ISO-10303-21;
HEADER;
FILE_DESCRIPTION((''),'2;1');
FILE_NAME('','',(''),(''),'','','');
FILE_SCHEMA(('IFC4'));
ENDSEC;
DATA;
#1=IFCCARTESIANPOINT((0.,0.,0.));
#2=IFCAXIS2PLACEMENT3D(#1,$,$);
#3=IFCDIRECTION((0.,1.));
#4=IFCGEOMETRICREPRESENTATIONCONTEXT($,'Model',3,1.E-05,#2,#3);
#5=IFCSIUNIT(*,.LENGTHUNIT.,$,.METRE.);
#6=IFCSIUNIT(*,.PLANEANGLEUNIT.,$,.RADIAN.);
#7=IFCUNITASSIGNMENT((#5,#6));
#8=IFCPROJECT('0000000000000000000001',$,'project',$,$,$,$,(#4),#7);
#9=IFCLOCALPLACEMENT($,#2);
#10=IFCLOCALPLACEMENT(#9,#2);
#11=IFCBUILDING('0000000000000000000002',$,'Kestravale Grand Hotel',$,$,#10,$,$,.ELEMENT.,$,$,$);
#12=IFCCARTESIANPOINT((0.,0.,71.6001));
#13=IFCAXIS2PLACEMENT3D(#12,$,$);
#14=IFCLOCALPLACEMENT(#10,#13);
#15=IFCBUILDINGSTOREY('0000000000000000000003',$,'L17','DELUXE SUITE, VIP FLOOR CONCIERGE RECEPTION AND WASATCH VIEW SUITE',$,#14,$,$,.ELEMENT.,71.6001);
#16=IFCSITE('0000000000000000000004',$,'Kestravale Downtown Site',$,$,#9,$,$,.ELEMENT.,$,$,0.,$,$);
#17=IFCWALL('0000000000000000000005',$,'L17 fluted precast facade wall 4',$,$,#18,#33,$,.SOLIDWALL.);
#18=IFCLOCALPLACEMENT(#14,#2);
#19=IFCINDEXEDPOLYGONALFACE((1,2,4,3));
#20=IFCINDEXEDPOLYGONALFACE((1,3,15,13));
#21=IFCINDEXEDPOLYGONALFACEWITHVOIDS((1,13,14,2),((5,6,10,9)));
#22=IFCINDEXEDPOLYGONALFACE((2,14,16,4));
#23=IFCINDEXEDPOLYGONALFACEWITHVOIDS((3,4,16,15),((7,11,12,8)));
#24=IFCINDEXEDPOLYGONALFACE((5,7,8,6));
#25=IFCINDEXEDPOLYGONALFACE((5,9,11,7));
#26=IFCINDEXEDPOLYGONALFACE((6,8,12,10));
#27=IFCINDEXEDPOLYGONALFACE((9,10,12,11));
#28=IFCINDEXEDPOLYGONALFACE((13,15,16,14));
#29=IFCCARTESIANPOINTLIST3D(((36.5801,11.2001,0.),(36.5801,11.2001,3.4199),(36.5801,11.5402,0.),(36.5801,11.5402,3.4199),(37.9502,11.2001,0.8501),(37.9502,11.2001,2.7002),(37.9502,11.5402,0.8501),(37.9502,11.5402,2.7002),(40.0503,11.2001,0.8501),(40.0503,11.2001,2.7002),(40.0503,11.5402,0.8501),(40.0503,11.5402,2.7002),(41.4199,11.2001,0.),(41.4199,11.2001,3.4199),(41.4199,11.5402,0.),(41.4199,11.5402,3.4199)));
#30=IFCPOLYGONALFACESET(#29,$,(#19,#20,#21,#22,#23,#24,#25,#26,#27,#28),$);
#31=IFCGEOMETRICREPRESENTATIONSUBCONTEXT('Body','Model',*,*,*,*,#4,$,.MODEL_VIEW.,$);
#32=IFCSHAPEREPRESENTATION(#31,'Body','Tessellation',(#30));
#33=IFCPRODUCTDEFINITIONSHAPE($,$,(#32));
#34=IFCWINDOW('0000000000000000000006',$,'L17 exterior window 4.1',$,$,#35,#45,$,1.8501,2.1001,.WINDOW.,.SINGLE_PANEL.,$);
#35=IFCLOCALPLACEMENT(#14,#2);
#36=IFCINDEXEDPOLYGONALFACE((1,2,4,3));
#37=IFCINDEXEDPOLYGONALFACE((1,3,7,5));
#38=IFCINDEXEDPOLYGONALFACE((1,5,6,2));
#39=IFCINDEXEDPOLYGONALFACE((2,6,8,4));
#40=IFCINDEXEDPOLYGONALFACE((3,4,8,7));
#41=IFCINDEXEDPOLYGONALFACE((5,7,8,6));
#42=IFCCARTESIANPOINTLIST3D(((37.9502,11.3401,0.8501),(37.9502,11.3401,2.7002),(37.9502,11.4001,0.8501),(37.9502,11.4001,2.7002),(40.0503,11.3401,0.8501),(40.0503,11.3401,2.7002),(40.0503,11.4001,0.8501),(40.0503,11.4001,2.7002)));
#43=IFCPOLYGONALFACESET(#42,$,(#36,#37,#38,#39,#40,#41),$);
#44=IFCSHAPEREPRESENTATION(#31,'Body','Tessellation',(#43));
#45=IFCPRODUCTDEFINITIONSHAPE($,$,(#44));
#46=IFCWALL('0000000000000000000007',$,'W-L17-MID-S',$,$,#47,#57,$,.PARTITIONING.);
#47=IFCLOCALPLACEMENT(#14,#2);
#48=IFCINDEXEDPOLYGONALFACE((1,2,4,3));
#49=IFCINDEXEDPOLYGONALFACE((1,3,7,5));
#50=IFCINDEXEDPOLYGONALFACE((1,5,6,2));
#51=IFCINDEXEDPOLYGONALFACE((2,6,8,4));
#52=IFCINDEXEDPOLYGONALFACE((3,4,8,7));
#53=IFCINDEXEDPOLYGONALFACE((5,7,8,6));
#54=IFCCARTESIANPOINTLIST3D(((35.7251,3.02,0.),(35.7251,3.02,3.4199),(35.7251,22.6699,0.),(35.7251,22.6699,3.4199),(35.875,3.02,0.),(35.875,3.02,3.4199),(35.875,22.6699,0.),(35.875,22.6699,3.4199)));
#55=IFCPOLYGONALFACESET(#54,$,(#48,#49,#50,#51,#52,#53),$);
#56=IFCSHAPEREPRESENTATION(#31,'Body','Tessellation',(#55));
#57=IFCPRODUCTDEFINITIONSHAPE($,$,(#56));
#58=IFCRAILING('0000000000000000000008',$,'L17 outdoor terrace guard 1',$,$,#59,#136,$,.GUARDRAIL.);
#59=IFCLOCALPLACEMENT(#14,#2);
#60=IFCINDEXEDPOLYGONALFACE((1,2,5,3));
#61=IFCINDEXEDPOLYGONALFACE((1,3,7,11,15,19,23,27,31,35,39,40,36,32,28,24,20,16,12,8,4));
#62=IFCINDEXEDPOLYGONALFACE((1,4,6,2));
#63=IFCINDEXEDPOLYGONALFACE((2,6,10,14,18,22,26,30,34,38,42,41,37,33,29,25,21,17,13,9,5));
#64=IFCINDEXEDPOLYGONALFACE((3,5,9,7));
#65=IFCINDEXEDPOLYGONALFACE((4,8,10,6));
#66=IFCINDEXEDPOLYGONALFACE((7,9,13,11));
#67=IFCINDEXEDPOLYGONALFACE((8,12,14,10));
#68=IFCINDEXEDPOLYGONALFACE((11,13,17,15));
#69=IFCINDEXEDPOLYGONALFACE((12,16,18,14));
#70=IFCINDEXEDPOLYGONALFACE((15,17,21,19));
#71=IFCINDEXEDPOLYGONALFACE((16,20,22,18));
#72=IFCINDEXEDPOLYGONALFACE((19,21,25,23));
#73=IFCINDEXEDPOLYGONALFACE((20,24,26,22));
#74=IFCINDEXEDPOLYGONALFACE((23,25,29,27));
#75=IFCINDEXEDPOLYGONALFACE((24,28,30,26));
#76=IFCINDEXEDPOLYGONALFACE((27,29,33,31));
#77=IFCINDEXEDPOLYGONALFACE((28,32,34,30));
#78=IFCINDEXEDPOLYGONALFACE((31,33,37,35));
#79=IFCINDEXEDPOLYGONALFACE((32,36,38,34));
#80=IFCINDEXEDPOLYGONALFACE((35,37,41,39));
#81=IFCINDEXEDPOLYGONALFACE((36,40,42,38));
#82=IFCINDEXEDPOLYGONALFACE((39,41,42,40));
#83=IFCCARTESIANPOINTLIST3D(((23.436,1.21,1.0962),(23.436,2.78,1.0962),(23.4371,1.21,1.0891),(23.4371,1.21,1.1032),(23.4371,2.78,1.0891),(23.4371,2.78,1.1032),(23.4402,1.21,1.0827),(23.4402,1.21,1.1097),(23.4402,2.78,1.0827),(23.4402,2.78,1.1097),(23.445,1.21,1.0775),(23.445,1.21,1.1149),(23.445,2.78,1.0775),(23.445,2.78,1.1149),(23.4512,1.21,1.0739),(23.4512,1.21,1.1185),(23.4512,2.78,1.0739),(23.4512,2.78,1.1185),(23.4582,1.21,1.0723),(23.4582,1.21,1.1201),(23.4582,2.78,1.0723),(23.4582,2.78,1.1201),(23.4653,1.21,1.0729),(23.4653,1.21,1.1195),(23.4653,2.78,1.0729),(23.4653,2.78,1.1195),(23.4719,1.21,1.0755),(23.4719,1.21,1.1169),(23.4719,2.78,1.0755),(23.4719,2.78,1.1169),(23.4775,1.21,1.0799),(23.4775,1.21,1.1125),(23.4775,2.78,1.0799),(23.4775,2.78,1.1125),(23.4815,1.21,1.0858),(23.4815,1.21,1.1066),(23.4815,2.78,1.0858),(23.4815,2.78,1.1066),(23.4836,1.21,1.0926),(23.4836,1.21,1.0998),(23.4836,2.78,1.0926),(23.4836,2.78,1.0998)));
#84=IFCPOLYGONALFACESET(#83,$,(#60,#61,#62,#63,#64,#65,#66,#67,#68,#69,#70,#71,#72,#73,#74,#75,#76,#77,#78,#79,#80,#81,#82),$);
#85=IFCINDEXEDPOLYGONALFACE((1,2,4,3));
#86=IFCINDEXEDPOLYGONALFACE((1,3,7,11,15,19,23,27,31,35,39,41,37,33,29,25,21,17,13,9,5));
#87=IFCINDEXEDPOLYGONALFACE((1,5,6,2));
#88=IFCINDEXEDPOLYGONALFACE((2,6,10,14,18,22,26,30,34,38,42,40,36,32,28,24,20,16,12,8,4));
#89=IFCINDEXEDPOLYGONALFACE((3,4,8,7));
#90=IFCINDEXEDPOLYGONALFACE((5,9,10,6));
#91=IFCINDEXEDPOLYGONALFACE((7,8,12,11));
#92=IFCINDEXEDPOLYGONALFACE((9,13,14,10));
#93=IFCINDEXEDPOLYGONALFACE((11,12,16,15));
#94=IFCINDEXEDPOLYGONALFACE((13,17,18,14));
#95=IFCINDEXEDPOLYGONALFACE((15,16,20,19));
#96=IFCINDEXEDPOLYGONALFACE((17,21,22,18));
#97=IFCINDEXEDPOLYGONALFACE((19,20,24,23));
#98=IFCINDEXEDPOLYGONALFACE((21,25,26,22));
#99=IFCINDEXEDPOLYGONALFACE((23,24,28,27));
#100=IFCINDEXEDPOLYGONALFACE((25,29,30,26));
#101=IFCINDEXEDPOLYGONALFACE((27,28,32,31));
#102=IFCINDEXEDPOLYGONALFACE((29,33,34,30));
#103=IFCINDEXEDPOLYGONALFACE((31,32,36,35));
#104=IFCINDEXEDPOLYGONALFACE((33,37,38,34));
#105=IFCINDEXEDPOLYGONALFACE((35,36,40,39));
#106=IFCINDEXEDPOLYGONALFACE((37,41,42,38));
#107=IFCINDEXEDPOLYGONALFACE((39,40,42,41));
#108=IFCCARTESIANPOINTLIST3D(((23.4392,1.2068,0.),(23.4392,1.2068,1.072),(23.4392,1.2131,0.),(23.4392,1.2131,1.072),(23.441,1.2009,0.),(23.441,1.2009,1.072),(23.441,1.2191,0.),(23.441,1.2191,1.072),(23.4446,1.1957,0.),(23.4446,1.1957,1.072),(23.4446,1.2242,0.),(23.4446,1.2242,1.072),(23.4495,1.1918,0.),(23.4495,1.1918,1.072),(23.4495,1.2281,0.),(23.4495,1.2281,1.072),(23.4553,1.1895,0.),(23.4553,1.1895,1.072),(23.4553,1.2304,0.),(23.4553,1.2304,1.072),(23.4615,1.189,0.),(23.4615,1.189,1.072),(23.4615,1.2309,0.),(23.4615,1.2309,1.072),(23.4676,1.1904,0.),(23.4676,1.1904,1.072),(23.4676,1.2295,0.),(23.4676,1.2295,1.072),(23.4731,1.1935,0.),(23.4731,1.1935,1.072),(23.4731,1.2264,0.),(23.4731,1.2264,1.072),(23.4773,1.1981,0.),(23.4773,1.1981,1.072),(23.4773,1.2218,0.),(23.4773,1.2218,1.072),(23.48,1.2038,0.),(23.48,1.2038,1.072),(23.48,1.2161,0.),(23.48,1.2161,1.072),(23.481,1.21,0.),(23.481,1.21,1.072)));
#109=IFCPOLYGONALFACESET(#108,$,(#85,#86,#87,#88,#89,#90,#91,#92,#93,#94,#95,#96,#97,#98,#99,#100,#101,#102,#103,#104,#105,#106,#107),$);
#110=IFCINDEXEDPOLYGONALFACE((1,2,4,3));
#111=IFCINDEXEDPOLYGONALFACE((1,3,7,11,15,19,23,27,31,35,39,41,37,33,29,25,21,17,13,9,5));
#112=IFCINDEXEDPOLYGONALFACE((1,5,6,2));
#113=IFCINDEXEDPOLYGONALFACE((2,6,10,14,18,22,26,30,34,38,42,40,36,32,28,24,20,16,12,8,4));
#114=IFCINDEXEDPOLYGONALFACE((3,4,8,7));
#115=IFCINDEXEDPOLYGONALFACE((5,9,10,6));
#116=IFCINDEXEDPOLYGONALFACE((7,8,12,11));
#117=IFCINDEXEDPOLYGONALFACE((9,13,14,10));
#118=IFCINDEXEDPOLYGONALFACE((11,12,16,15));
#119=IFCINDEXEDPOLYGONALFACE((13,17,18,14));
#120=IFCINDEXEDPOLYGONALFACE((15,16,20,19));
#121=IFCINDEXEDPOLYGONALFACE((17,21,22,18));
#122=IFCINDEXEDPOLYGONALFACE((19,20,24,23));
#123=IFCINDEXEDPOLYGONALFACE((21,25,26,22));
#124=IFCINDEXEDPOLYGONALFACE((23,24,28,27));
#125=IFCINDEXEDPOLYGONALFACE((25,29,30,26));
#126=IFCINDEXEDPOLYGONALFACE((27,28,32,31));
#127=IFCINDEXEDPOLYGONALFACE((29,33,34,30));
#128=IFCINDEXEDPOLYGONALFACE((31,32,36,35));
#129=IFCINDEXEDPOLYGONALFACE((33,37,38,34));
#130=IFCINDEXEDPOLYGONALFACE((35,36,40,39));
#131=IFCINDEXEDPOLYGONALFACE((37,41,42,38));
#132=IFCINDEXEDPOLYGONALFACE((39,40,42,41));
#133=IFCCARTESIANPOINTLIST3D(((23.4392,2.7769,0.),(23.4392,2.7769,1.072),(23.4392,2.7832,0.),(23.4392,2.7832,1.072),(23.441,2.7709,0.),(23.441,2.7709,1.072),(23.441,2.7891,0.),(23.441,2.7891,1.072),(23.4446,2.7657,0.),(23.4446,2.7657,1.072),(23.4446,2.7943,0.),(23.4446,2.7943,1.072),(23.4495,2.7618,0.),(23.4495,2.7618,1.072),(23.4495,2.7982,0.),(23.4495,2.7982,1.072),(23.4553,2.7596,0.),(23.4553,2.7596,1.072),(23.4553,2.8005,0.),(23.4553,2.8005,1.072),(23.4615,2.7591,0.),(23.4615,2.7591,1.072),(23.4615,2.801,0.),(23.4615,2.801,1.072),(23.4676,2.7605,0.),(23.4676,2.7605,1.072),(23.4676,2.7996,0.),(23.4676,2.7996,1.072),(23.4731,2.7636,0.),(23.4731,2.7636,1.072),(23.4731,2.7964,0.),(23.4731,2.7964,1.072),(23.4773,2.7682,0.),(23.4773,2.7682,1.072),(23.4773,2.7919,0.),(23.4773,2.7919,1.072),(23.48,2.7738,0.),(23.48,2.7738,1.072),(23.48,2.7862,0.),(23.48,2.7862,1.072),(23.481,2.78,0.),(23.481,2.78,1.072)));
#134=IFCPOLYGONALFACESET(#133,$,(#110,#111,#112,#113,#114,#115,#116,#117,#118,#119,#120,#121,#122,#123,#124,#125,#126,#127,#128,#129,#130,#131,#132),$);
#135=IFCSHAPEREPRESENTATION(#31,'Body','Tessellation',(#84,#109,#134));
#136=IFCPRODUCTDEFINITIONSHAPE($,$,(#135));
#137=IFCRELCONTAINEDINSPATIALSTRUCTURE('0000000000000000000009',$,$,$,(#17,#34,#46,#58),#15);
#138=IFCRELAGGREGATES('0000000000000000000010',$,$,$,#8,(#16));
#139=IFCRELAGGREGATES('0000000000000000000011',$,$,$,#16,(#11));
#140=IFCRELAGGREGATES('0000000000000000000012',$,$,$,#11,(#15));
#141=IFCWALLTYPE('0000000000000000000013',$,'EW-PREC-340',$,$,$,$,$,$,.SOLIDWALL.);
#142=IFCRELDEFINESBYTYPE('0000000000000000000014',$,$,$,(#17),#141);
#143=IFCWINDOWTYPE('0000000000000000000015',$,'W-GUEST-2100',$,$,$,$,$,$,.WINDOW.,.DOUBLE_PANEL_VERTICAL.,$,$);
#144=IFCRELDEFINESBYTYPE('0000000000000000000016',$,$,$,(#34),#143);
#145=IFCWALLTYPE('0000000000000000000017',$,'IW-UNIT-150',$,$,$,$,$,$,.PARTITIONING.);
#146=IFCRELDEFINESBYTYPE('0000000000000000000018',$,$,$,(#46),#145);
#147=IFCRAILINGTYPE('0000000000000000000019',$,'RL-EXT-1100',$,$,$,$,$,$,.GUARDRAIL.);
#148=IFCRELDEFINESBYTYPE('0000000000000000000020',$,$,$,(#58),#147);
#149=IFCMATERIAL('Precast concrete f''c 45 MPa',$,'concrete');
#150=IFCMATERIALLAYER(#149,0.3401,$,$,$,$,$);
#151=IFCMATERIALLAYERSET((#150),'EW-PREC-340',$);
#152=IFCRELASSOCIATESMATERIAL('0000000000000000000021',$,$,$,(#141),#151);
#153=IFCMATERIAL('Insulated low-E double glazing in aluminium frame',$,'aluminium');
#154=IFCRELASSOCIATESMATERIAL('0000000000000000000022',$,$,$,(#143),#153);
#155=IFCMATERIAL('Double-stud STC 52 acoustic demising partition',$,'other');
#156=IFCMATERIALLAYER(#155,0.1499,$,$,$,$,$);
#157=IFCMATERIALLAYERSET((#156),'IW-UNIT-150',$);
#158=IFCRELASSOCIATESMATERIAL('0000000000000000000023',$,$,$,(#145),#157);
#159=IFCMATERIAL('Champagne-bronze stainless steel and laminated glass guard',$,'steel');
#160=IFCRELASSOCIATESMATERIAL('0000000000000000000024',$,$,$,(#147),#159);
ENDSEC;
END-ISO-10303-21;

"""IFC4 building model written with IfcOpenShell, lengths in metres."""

from ifc_helpers import new_model, si_unit, direction, frame, frame_2d, origin, origin_2d, place, context, subcontext, project, spatial, rectangle, circle, extrude, material, layer, layer_set, type_object, element, fill, save


model = new_model("IFC4")

# Units and contexts
model_context = context("Model", 3, precision=1e-05, world=origin(), true_north=direction((0.0, 1.0)))
body_context = subcontext(model_context, "Body", "Model", "MODEL_VIEW")
ifc_project = project(units=[si_unit("LENGTHUNIT", "METRE"), si_unit("PLANEANGLEUNIT", "RADIAN")], contexts=[model_context])

# Site, building, storey
site_placement = place(None, origin())
site = spatial("IfcSite", under=ifc_project, at=site_placement, Name="Kestravale Downtown Site", CompositionType="ELEMENT", RefElevation=0.0)
building_placement = place(site_placement, origin())
building = spatial("IfcBuilding", under=site, at=building_placement, Name="Kestravale Grand Hotel", CompositionType="ELEMENT")
storey_placement = place(building_placement, frame((0.0, 0.0, 71.6001)))
storey = spatial("IfcBuildingStorey", under=building, at=storey_placement, Name="L17", Description="DELUXE SUITE, VIP FLOOR CONCIERGE RECEPTION AND WASATCH VIEW SUITE", CompositionType="ELEMENT", Elevation=71.6001)

# Shared definitions
ifc_material_1 = material(Name="Precast concrete f'c 45 MPa", Category="concrete")
ifc_layer_1 = layer(ifc_material_1, 0.3401)
ifc_layer_set_1 = layer_set([ifc_layer_1], Name="EW-PREC-340")
wall_type_1 = type_object("IfcWallType", Name="EW-PREC-340", PredefinedType="SOLIDWALL", material=ifc_layer_set_1)

# Wall, opening, window
ifc_material_2 = material(Name="Insulated low-E double glazing in aluminium frame", Category="aluminium")
window_type = type_object("IfcWindowType", Name="W-GUEST-2100", PartitioningType="DOUBLE_PANEL_VERTICAL", PredefinedType="WINDOW", material=ifc_material_2)
wall_1_placement = place(storey_placement, frame((36.5801, 11.3701, 0.0), z_axis=(0.0, 0.0, 1.0), x_axis=(1.0, 0.0, 0.0)))
wall_1 = element("IfcWall", 1, at=wall_1_placement, inside=storey, type_object=wall_type_1, Name="L17 fluted precast facade wall 4", PredefinedType="SOLIDWALL", context=body_context, shape_type="SweptSolid", body=[
    extrude(rectangle(XDim=4.8398, YDim=0.3401, at=frame_2d((2.4199, 0.0))), origin(), (0.0, 0.0, 1.0), 3.4199),
])
opening_1_placement = place(wall_1_placement, frame((1.3701, 0.0, 0.8501)))
opening_1 = element("IfcOpeningElement", 2, at=opening_1_placement, cuts=wall_1, PredefinedType="OPENING", context=body_context, shape_type="SweptSolid", body=[
    extrude(rectangle(XDim=2.1001, YDim=1.8501, at=frame_2d((1.05, 0.925))), frame((0.0, 0.1799, 0.0), z_axis=(0.0, -1.0, 0.0), x_axis=(1.0, 0.0, 0.0)), (0.0, 0.0, 1.0), 0.3601),
])
window_1_placement = place(opening_1_placement, origin())
window_1 = element("IfcWindow", 3, at=window_1_placement, inside=storey, type_object=window_type, Name="L17 exterior window 4.1", OverallHeight=1.8501, OverallWidth=2.1001, PartitioningType="SINGLE_PANEL", PredefinedType="WINDOW", context=body_context, shape_type="SweptSolid", body=[
    extrude(rectangle(XDim=2.1001, YDim=1.8501, at=frame_2d((1.05, 0.925))), frame((0.0, 0.03, 0.0), z_axis=(0.0, -1.0, 0.0), x_axis=(1.0, 0.0, 0.0)), (0.0, 0.0, 1.0), 0.0601),
])
fill(opening_1, window_1)

# Wall
ifc_material_3 = material(Name="Double-stud STC 52 acoustic demising partition", Category="other")
ifc_layer_2 = layer(ifc_material_3, 0.1499)
ifc_layer_set_2 = layer_set([ifc_layer_2], Name="IW-UNIT-150")
wall_type_2 = type_object("IfcWallType", Name="IW-UNIT-150", PredefinedType="PARTITIONING", material=ifc_layer_set_2)
wall_2_placement = place(storey_placement, frame((35.8, 3.02, 0.0), z_axis=(0.0, 0.0, 1.0), x_axis=(0.0, 1.0, 0.0)))
element("IfcWall", 4, at=wall_2_placement, inside=storey, type_object=wall_type_2, Name="W-L17-MID-S", PredefinedType="PARTITIONING", context=body_context, shape_type="SweptSolid", body=[
    extrude(rectangle(XDim=19.6499, YDim=0.1499, at=frame_2d((9.825, 0.0))), origin(), (0.0, 0.0, 1.0), 3.4199),
])

# Railing
ifc_material_4 = material(Name="Champagne-bronze stainless steel and laminated glass guard", Category="steel")
railing_type = type_object("IfcRailingType", Name="RL-EXT-1100", PredefinedType="GUARDRAIL", material=ifc_material_4)
railing_1_placement = place(storey_placement, frame((23.46, 1.21, 0.0)))
element("IfcRailing", 5, at=railing_1_placement, inside=storey, type_object=railing_type, Name="L17 outdoor terrace guard 1", PredefinedType="GUARDRAIL", context=body_context, shape_type="SweptSolid", body=[
    extrude(circle(Radius=0.0239, at=origin_2d()), frame((0.0, 0.0, 1.0962), z_axis=(0.0, 1.0, 0.0), x_axis=(-1.0, 0.0, 0.0)), (0.0, 0.0, 1.0), 1.5701),
    extrude(circle(Radius=0.021, at=origin_2d()), origin(), (0.0, 0.0, 1.0), 1.072),
    extrude(circle(Radius=0.021, at=origin_2d()), frame((0.0, 1.5701, 0.0)), (0.0, 0.0, 1.0), 1.072),
])

save(model, "model.ifc")
